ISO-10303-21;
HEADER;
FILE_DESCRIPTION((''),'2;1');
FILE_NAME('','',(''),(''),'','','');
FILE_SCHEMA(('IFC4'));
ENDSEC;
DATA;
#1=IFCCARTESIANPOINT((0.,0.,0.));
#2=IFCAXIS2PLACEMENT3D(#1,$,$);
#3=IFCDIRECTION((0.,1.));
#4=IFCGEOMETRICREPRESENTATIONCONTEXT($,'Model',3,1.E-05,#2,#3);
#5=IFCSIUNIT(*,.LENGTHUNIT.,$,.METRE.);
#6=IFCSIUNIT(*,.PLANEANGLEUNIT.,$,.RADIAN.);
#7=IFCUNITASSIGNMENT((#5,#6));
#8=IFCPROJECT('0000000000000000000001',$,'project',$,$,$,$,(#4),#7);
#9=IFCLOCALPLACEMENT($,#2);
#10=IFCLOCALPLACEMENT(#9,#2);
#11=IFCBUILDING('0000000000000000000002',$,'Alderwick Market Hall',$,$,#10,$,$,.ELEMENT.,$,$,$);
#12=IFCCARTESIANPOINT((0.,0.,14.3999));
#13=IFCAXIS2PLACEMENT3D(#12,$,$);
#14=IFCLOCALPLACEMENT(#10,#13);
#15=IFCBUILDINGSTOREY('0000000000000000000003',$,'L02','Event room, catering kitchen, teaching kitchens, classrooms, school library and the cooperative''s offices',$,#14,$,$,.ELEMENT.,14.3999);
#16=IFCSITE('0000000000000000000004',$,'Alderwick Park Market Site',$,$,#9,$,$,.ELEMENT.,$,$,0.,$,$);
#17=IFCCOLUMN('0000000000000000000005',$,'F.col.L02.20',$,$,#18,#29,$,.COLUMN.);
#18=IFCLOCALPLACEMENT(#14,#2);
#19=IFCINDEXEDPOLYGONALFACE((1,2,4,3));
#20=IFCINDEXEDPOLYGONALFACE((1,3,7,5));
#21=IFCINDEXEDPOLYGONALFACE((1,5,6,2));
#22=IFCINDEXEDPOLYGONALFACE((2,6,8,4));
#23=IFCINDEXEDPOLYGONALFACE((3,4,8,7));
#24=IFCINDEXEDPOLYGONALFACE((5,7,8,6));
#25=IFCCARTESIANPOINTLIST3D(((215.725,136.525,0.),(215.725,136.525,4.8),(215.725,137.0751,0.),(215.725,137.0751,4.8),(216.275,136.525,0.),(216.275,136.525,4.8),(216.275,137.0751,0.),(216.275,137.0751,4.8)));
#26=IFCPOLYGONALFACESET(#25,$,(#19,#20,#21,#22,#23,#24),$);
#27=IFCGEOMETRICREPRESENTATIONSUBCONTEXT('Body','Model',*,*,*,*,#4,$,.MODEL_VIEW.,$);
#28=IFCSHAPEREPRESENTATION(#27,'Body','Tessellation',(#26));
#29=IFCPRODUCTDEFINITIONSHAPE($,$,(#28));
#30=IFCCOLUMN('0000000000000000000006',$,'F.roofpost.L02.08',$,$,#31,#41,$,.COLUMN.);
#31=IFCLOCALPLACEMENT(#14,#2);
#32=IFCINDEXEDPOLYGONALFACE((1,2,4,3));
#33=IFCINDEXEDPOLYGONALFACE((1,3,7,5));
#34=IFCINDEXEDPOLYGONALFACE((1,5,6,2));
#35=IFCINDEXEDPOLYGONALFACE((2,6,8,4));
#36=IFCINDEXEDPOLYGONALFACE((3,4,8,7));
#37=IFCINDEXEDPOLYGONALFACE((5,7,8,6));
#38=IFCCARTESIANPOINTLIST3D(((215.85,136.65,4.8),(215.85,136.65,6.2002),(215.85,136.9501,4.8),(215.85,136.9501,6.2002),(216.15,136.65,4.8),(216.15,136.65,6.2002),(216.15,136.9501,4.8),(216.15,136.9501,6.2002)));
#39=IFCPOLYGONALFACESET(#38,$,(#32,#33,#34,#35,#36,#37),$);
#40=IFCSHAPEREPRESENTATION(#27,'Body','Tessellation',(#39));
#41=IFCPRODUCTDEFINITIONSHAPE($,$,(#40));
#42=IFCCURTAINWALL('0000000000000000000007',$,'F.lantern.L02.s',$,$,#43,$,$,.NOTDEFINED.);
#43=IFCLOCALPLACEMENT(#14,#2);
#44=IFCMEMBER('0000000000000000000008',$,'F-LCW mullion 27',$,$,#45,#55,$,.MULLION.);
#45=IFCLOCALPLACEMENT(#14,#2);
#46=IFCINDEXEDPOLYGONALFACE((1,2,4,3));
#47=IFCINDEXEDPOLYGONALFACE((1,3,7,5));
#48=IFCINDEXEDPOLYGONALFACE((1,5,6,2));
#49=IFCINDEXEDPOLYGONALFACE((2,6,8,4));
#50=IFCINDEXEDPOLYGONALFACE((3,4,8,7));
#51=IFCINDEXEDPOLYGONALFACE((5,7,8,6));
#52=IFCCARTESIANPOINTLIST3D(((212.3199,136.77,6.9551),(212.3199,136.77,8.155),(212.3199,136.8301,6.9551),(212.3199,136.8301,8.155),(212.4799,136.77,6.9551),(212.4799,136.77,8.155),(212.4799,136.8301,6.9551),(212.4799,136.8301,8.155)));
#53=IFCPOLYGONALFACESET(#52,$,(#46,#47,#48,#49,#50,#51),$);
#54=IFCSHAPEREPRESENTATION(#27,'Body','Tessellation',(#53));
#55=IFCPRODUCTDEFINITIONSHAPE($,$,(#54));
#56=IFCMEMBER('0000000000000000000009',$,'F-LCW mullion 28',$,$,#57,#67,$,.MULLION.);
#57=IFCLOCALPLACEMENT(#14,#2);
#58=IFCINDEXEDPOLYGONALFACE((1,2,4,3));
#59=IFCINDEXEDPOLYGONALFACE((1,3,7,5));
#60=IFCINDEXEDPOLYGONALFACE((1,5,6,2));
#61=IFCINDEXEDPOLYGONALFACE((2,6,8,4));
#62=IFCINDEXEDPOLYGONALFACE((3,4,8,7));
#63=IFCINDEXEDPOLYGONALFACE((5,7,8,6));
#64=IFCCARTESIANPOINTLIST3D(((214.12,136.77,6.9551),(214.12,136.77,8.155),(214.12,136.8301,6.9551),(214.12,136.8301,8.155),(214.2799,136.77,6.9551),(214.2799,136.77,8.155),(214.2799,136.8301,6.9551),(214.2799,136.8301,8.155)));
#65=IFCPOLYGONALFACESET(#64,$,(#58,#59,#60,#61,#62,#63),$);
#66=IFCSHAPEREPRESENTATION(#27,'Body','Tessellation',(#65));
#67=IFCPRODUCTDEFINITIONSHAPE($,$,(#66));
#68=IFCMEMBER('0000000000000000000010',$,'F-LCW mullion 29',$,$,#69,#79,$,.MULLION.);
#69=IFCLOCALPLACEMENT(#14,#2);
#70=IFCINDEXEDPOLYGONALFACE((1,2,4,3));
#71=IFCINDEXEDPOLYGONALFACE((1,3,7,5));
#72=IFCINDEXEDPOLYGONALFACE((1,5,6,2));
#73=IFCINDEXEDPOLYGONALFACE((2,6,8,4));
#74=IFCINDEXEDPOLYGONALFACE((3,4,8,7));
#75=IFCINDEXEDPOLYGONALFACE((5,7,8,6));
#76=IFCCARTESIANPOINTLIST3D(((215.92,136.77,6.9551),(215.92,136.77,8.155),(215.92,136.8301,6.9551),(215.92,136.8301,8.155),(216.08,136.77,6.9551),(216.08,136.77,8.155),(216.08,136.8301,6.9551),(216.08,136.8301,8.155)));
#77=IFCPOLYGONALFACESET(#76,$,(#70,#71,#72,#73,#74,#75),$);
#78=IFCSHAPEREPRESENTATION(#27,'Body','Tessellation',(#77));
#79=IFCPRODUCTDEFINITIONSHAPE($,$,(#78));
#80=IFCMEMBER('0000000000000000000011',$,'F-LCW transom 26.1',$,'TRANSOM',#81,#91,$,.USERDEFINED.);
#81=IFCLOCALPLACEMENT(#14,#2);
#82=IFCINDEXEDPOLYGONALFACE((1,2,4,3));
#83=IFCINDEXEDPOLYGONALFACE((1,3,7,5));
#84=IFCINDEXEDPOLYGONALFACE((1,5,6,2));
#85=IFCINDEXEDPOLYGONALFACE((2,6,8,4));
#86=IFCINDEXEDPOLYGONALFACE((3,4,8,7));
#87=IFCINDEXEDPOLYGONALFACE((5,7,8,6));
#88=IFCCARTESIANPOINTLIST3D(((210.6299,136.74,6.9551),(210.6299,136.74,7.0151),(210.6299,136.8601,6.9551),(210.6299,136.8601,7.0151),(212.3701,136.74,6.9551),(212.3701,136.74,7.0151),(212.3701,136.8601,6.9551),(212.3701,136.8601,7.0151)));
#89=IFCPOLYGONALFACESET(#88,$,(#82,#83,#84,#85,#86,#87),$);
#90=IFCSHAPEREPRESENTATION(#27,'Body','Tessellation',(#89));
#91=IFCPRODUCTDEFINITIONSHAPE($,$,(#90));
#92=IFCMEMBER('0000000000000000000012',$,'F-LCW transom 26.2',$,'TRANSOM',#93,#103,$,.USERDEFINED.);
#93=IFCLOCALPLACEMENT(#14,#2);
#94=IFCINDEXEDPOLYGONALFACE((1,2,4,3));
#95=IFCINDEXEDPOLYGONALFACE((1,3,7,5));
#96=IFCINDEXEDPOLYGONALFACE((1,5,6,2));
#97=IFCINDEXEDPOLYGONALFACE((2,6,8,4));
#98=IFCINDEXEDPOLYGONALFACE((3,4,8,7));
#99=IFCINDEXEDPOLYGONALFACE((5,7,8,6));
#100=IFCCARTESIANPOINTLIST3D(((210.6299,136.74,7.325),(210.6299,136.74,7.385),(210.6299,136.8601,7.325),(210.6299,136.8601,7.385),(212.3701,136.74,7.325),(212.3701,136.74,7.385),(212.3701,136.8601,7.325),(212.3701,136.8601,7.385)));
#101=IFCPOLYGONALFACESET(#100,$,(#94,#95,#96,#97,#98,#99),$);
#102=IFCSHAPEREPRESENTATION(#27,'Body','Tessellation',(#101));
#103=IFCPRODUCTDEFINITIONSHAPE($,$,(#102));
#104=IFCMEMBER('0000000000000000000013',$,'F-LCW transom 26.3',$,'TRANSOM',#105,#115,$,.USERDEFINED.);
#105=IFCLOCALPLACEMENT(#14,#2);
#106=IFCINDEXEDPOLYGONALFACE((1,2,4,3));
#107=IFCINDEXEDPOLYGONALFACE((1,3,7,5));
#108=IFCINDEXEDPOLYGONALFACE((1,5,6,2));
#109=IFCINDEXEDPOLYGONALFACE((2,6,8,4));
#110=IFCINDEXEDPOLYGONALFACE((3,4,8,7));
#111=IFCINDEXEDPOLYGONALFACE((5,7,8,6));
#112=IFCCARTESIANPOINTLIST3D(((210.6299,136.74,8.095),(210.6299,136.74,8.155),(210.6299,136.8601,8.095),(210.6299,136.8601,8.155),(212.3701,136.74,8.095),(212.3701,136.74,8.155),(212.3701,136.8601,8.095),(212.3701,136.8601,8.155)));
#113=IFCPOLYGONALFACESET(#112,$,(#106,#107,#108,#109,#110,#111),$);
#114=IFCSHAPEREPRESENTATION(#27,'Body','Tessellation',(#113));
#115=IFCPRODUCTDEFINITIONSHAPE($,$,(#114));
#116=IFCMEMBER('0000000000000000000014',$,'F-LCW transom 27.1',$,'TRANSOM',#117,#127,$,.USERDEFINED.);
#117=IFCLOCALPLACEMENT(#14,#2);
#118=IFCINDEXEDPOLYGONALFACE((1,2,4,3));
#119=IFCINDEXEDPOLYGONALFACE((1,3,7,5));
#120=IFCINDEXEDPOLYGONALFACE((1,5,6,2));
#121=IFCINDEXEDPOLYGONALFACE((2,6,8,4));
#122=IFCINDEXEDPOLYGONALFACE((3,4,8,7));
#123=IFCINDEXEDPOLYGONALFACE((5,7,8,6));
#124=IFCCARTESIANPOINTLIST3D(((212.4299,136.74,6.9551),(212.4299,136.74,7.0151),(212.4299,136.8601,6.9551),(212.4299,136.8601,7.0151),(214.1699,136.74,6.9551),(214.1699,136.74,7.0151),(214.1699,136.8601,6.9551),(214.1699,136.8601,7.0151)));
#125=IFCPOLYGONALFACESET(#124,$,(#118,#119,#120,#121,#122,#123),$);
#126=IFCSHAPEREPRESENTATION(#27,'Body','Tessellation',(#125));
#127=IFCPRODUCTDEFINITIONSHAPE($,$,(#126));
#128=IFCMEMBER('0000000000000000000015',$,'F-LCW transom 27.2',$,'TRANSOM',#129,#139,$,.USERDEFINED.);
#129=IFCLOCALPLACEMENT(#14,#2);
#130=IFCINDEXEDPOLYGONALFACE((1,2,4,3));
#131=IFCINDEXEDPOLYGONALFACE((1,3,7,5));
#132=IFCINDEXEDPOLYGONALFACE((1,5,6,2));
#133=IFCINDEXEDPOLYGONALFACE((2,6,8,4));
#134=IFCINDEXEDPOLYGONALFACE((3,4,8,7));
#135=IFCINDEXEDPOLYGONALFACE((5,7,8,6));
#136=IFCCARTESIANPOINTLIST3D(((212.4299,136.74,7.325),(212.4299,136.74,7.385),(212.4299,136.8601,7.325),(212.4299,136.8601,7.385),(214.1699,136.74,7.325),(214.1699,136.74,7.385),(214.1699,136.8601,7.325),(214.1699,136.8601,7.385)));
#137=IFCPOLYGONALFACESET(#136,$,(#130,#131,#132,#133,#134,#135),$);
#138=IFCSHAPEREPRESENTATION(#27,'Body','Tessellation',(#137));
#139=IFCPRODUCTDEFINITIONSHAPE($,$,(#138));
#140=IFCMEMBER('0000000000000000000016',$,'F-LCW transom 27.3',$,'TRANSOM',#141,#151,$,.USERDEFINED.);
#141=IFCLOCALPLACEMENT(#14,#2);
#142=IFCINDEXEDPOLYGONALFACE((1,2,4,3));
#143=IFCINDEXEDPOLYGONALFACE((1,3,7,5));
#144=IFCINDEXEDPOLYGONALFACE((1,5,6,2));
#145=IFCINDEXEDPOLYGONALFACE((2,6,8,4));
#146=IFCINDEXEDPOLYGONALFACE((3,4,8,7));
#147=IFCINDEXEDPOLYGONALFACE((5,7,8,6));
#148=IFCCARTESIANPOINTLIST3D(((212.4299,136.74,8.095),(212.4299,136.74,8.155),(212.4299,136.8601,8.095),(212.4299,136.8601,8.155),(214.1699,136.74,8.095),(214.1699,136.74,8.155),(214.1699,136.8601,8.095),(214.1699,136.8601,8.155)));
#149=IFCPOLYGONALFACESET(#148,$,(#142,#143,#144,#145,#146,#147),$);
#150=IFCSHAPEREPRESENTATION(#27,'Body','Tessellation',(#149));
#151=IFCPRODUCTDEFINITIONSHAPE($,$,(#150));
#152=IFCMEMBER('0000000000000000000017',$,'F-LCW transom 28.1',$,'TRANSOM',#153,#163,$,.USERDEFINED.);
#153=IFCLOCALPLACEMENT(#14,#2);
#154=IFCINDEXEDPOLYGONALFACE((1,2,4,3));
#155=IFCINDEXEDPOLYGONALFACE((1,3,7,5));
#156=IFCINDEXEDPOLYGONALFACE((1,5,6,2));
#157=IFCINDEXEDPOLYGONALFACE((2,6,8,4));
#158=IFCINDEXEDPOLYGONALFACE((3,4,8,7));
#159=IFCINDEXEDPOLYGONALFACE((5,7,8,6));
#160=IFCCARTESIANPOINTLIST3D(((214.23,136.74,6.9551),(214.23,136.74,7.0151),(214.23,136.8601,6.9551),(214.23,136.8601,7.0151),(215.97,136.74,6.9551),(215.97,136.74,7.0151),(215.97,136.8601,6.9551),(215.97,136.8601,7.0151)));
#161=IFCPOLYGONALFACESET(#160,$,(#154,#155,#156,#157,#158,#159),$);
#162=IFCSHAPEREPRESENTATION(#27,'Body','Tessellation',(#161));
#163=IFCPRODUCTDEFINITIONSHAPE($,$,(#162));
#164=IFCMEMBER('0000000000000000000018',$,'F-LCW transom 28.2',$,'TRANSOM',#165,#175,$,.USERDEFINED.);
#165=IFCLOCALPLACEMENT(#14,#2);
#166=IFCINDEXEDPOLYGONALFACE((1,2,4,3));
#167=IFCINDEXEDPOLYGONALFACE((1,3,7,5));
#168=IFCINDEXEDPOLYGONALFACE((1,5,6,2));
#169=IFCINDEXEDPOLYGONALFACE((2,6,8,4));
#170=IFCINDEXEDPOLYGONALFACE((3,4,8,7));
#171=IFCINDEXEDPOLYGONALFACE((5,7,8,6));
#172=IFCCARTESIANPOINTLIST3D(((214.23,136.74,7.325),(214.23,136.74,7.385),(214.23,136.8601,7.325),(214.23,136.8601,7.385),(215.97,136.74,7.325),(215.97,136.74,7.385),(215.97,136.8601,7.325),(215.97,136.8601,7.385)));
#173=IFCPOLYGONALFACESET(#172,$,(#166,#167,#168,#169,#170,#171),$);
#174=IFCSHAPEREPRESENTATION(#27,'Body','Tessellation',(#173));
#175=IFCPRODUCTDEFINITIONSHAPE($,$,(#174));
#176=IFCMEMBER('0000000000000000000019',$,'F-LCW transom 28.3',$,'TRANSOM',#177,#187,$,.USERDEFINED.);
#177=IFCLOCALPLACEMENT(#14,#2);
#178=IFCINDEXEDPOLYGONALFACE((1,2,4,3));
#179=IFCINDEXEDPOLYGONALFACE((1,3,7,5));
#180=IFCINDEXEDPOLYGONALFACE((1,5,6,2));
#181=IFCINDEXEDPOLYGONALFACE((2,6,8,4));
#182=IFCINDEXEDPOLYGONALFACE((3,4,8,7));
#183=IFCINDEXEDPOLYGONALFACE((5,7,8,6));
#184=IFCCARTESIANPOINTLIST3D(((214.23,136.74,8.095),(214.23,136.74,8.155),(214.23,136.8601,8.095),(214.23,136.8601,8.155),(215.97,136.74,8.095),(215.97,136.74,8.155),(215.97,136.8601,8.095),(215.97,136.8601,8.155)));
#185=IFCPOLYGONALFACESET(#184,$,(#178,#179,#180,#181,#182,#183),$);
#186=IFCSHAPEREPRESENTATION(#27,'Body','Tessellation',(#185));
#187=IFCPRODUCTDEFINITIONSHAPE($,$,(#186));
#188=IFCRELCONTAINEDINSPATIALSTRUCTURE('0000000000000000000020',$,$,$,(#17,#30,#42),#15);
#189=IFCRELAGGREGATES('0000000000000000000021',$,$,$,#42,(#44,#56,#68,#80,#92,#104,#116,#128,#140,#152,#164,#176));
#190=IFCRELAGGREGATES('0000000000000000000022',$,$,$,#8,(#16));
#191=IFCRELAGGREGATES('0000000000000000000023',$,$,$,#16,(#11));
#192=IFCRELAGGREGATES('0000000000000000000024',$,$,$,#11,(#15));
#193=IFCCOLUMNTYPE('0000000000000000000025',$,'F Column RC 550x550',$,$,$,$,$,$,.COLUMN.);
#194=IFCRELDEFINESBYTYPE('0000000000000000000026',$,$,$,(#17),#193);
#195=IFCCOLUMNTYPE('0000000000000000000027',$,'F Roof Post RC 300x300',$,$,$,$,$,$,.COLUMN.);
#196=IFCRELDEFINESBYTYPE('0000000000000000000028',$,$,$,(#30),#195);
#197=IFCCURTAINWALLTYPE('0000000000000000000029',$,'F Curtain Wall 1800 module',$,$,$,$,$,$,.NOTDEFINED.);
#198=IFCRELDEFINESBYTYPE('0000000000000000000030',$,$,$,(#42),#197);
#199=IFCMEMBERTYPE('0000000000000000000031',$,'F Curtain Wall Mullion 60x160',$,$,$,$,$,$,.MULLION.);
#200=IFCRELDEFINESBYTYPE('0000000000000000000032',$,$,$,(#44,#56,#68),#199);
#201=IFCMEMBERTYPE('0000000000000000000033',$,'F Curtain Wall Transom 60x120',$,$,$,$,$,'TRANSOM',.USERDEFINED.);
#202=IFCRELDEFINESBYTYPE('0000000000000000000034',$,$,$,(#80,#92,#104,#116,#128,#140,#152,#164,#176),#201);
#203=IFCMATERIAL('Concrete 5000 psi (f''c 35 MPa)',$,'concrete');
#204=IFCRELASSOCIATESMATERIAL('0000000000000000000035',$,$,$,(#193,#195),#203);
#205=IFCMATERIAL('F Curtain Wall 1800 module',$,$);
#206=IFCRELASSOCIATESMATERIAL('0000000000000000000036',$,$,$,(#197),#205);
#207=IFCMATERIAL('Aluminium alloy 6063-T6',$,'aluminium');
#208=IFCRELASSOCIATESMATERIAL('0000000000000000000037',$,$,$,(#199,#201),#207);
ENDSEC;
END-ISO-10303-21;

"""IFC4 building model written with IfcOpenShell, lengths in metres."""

from ifc_helpers import new_model, si_unit, direction, frame, origin, origin_2d, place, context, subcontext, project, spatial, rectangle, extrude, material, material_profile, profile_set, type_object, element, aggregate, save


model = new_model("IFC4")

# Units and contexts
model_context = context("Model", 3, precision=1e-05, world=origin(), true_north=direction((0.0, 1.0)))
body_context = subcontext(model_context, "Body", "Model", "MODEL_VIEW")
ifc_project = project(units=[si_unit("LENGTHUNIT", "METRE"), si_unit("PLANEANGLEUNIT", "RADIAN")], contexts=[model_context])

# Site, building, storey
site_placement = place(None, origin())
site = spatial("IfcSite", under=ifc_project, at=site_placement, Name="Alderwick Park Market Site", CompositionType="ELEMENT", RefElevation=0.0)
building_placement = place(site_placement, origin())
building = spatial("IfcBuilding", under=site, at=building_placement, Name="Alderwick Market Hall", CompositionType="ELEMENT")
storey_placement = place(building_placement, frame((0.0, 0.0, 14.3999)))
storey = spatial("IfcBuildingStorey", under=building, at=storey_placement, Name="L02", Description="Event room, catering kitchen, teaching kitchens, classrooms, school library and the cooperative's offices", CompositionType="ELEMENT", Elevation=14.3999)

# Columns
ifc_material_1 = material(Name="Concrete 5000 psi (f'c 35 MPa)", Category="concrete")
ifc_material_profile_1 = material_profile(ifc_material_1, rectangle(XDim=0.55, YDim=0.55, at=origin_2d()), Name="RC 550x550")
ifc_profile_set_1 = profile_set([ifc_material_profile_1], Name="Concrete 5000 psi (f'c 35 MPa)")
column_type_1 = type_object("IfcColumnType", Name="F Column RC 550x550", PredefinedType="COLUMN", material=ifc_profile_set_1)
column_1_placement = place(storey_placement, frame((216.0, 136.8, 0.0), z_axis=(0.0, 0.0, 1.0), x_axis=(1.0, 0.0, 0.0)))
element("IfcColumn", 1, at=column_1_placement, inside=storey, type_object=column_type_1, Name="F.col.L02.20", PredefinedType="COLUMN", context=body_context, shape_type="SweptSolid", body=[
    extrude(rectangle(XDim=0.55, YDim=0.55, at=origin_2d()), origin(), (0.0, 0.0, 1.0), 4.8),
])
ifc_material_profile_2 = material_profile(ifc_material_1, rectangle(XDim=0.3, YDim=0.3, at=origin_2d()), Name="RC 300x300")
ifc_profile_set_2 = profile_set([ifc_material_profile_2], Name="Concrete 5000 psi (f'c 35 MPa)")
column_type_2 = type_object("IfcColumnType", Name="F Roof Post RC 300x300", PredefinedType="COLUMN", material=ifc_profile_set_2)
column_2_placement = place(storey_placement, frame((216.0, 136.8, 4.8), z_axis=(0.0, 0.0, 1.0), x_axis=(1.0, 0.0, 0.0)))
element("IfcColumn", 2, at=column_2_placement, inside=storey, type_object=column_type_2, Name="F.roofpost.L02.08", PredefinedType="COLUMN", context=body_context, shape_type="SweptSolid", body=[
    extrude(rectangle(XDim=0.3, YDim=0.3, at=origin_2d()), origin(), (0.0, 0.0, 1.0), 1.4001),
])

# Curtain wall, members
ifc_material_2 = material(Name="F Curtain Wall 1800 module")
curtain_wall_type = type_object("IfcCurtainWallType", Name="F Curtain Wall 1800 module", PredefinedType="NOTDEFINED", material=ifc_material_2)
curtain_wall_placement = place(storey_placement, origin())
curtain_wall = element("IfcCurtainWall", 3, at=curtain_wall_placement, inside=storey, type_object=curtain_wall_type, Name="F.lantern.L02.s", PredefinedType="NOTDEFINED")
ifc_material_3 = material(Name="Aluminium alloy 6063-T6", Category="aluminium")
ifc_material_profile_3 = material_profile(ifc_material_3, rectangle(XDim=0.0601, YDim=0.1599, at=origin_2d()), Name="AL 60x160")
ifc_profile_set_3 = profile_set([ifc_material_profile_3], Name="Aluminium alloy 6063-T6")
member_type_1 = type_object("IfcMemberType", Name="F Curtain Wall Mullion 60x160", PredefinedType="MULLION", material=ifc_profile_set_3)
member_1_placement = place(storey_placement, frame((212.3999, 136.8, 6.9551), z_axis=(0.0, 0.0, 1.0), x_axis=(0.0, 1.0, 0.0)))
member_1 = element("IfcMember", 4, at=member_1_placement, type_object=member_type_1, Name="F-LCW mullion 27", PredefinedType="MULLION", context=body_context, shape_type="SweptSolid", body=[
    extrude(rectangle(XDim=0.0601, YDim=0.1599, at=origin_2d()), origin(), (0.0, 0.0, 1.0), 1.2),
])
member_2_placement = place(storey_placement, frame((214.2, 136.8, 6.9551), z_axis=(0.0, 0.0, 1.0), x_axis=(0.0, 1.0, 0.0)))
member_2 = element("IfcMember", 5, at=member_2_placement, type_object=member_type_1, Name="F-LCW mullion 28", PredefinedType="MULLION", context=body_context, shape_type="SweptSolid", body=[
    extrude(rectangle(XDim=0.0601, YDim=0.1599, at=origin_2d()), origin(), (0.0, 0.0, 1.0), 1.2),
])
member_3_placement = place(storey_placement, frame((216.0, 136.8, 6.9551), z_axis=(0.0, 0.0, 1.0), x_axis=(0.0, 1.0, 0.0)))
member_3 = element("IfcMember", 6, at=member_3_placement, type_object=member_type_1, Name="F-LCW mullion 29", PredefinedType="MULLION", context=body_context, shape_type="SweptSolid", body=[
    extrude(rectangle(XDim=0.0601, YDim=0.1599, at=origin_2d()), origin(), (0.0, 0.0, 1.0), 1.2),
])
ifc_material_profile_4 = material_profile(ifc_material_3, rectangle(XDim=0.1201, YDim=0.0601, at=origin_2d()), Name="AL 60x120")
ifc_profile_set_4 = profile_set([ifc_material_profile_4], Name="Aluminium alloy 6063-T6")
member_type_2 = type_object("IfcMemberType", Name="F Curtain Wall Transom 60x120", ElementType="TRANSOM", PredefinedType="USERDEFINED", material=ifc_profile_set_4)
member_4_placement = place(storey_placement, frame((210.6299, 136.8, 6.9851), z_axis=(1.0, 0.0, 0.0), x_axis=(0.0, 1.0, 0.0)))
member_4 = element("IfcMember", 7, at=member_4_placement, type_object=member_type_2, Name="F-LCW transom 26.1", ObjectType="TRANSOM", PredefinedType="USERDEFINED", context=body_context, shape_type="SweptSolid", body=[
    extrude(rectangle(XDim=0.1201, YDim=0.0601, at=origin_2d()), origin(), (0.0, 0.0, 1.0), 1.7402),
])
member_5_placement = place(storey_placement, frame((210.6299, 136.8, 7.355), z_axis=(1.0, 0.0, 0.0), x_axis=(0.0, 1.0, 0.0)))
member_5 = element("IfcMember", 8, at=member_5_placement, type_object=member_type_2, Name="F-LCW transom 26.2", ObjectType="TRANSOM", PredefinedType="USERDEFINED", context=body_context, shape_type="SweptSolid", body=[
    extrude(rectangle(XDim=0.1201, YDim=0.0601, at=origin_2d()), origin(), (0.0, 0.0, 1.0), 1.7402),
])
member_6_placement = place(storey_placement, frame((210.6299, 136.8, 8.125), z_axis=(1.0, 0.0, 0.0), x_axis=(0.0, 1.0, 0.0)))
member_6 = element("IfcMember", 9, at=member_6_placement, type_object=member_type_2, Name="F-LCW transom 26.3", ObjectType="TRANSOM", PredefinedType="USERDEFINED", context=body_context, shape_type="SweptSolid", body=[
    extrude(rectangle(XDim=0.1201, YDim=0.0601, at=origin_2d()), origin(), (0.0, 0.0, 1.0), 1.7402),
])
member_7_placement = place(storey_placement, frame((212.4299, 136.8, 6.9851), z_axis=(1.0, 0.0, 0.0), x_axis=(0.0, 1.0, 0.0)))
member_7 = element("IfcMember", 10, at=member_7_placement, type_object=member_type_2, Name="F-LCW transom 27.1", ObjectType="TRANSOM", PredefinedType="USERDEFINED", context=body_context, shape_type="SweptSolid", body=[
    extrude(rectangle(XDim=0.1201, YDim=0.0601, at=origin_2d()), origin(), (0.0, 0.0, 1.0), 1.74),
])
member_8_placement = place(storey_placement, frame((212.4299, 136.8, 7.355), z_axis=(1.0, 0.0, 0.0), x_axis=(0.0, 1.0, 0.0)))
member_8 = element("IfcMember", 11, at=member_8_placement, type_object=member_type_2, Name="F-LCW transom 27.2", ObjectType="TRANSOM", PredefinedType="USERDEFINED", context=body_context, shape_type="SweptSolid", body=[
    extrude(rectangle(XDim=0.1201, YDim=0.0601, at=origin_2d()), origin(), (0.0, 0.0, 1.0), 1.74),
])
member_9_placement = place(storey_placement, frame((212.4299, 136.8, 8.125), z_axis=(1.0, 0.0, 0.0), x_axis=(0.0, 1.0, 0.0)))
member_9 = element("IfcMember", 12, at=member_9_placement, type_object=member_type_2, Name="F-LCW transom 27.3", ObjectType="TRANSOM", PredefinedType="USERDEFINED", context=body_context, shape_type="SweptSolid", body=[
    extrude(rectangle(XDim=0.1201, YDim=0.0601, at=origin_2d()), origin(), (0.0, 0.0, 1.0), 1.74),
])
member_10_placement = place(storey_placement, frame((214.23, 136.8, 6.9851), z_axis=(1.0, 0.0, 0.0), x_axis=(0.0, 1.0, 0.0)))
member_10 = element("IfcMember", 13, at=member_10_placement, type_object=member_type_2, Name="F-LCW transom 28.1", ObjectType="TRANSOM", PredefinedType="USERDEFINED", context=body_context, shape_type="SweptSolid", body=[
    extrude(rectangle(XDim=0.1201, YDim=0.0601, at=origin_2d()), origin(), (0.0, 0.0, 1.0), 1.74),
])
member_11_placement = place(storey_placement, frame((214.23, 136.8, 7.355), z_axis=(1.0, 0.0, 0.0), x_axis=(0.0, 1.0, 0.0)))
member_11 = element("IfcMember", 14, at=member_11_placement, type_object=member_type_2, Name="F-LCW transom 28.2", ObjectType="TRANSOM", PredefinedType="USERDEFINED", context=body_context, shape_type="SweptSolid", body=[
    extrude(rectangle(XDim=0.1201, YDim=0.0601, at=origin_2d()), origin(), (0.0, 0.0, 1.0), 1.74),
])
member_12_placement = place(storey_placement, frame((214.23, 136.8, 8.125), z_axis=(1.0, 0.0, 0.0), x_axis=(0.0, 1.0, 0.0)))
member_12 = element("IfcMember", 15, at=member_12_placement, type_object=member_type_2, Name="F-LCW transom 28.3", ObjectType="TRANSOM", PredefinedType="USERDEFINED", context=body_context, shape_type="SweptSolid", body=[
    extrude(rectangle(XDim=0.1201, YDim=0.0601, at=origin_2d()), origin(), (0.0, 0.0, 1.0), 1.74),
])

aggregate(curtain_wall, [member_1, member_2, member_3, member_4, member_5, member_6, member_7, member_8, member_9, member_10, member_11, member_12])

save(model, "model.ifc")
